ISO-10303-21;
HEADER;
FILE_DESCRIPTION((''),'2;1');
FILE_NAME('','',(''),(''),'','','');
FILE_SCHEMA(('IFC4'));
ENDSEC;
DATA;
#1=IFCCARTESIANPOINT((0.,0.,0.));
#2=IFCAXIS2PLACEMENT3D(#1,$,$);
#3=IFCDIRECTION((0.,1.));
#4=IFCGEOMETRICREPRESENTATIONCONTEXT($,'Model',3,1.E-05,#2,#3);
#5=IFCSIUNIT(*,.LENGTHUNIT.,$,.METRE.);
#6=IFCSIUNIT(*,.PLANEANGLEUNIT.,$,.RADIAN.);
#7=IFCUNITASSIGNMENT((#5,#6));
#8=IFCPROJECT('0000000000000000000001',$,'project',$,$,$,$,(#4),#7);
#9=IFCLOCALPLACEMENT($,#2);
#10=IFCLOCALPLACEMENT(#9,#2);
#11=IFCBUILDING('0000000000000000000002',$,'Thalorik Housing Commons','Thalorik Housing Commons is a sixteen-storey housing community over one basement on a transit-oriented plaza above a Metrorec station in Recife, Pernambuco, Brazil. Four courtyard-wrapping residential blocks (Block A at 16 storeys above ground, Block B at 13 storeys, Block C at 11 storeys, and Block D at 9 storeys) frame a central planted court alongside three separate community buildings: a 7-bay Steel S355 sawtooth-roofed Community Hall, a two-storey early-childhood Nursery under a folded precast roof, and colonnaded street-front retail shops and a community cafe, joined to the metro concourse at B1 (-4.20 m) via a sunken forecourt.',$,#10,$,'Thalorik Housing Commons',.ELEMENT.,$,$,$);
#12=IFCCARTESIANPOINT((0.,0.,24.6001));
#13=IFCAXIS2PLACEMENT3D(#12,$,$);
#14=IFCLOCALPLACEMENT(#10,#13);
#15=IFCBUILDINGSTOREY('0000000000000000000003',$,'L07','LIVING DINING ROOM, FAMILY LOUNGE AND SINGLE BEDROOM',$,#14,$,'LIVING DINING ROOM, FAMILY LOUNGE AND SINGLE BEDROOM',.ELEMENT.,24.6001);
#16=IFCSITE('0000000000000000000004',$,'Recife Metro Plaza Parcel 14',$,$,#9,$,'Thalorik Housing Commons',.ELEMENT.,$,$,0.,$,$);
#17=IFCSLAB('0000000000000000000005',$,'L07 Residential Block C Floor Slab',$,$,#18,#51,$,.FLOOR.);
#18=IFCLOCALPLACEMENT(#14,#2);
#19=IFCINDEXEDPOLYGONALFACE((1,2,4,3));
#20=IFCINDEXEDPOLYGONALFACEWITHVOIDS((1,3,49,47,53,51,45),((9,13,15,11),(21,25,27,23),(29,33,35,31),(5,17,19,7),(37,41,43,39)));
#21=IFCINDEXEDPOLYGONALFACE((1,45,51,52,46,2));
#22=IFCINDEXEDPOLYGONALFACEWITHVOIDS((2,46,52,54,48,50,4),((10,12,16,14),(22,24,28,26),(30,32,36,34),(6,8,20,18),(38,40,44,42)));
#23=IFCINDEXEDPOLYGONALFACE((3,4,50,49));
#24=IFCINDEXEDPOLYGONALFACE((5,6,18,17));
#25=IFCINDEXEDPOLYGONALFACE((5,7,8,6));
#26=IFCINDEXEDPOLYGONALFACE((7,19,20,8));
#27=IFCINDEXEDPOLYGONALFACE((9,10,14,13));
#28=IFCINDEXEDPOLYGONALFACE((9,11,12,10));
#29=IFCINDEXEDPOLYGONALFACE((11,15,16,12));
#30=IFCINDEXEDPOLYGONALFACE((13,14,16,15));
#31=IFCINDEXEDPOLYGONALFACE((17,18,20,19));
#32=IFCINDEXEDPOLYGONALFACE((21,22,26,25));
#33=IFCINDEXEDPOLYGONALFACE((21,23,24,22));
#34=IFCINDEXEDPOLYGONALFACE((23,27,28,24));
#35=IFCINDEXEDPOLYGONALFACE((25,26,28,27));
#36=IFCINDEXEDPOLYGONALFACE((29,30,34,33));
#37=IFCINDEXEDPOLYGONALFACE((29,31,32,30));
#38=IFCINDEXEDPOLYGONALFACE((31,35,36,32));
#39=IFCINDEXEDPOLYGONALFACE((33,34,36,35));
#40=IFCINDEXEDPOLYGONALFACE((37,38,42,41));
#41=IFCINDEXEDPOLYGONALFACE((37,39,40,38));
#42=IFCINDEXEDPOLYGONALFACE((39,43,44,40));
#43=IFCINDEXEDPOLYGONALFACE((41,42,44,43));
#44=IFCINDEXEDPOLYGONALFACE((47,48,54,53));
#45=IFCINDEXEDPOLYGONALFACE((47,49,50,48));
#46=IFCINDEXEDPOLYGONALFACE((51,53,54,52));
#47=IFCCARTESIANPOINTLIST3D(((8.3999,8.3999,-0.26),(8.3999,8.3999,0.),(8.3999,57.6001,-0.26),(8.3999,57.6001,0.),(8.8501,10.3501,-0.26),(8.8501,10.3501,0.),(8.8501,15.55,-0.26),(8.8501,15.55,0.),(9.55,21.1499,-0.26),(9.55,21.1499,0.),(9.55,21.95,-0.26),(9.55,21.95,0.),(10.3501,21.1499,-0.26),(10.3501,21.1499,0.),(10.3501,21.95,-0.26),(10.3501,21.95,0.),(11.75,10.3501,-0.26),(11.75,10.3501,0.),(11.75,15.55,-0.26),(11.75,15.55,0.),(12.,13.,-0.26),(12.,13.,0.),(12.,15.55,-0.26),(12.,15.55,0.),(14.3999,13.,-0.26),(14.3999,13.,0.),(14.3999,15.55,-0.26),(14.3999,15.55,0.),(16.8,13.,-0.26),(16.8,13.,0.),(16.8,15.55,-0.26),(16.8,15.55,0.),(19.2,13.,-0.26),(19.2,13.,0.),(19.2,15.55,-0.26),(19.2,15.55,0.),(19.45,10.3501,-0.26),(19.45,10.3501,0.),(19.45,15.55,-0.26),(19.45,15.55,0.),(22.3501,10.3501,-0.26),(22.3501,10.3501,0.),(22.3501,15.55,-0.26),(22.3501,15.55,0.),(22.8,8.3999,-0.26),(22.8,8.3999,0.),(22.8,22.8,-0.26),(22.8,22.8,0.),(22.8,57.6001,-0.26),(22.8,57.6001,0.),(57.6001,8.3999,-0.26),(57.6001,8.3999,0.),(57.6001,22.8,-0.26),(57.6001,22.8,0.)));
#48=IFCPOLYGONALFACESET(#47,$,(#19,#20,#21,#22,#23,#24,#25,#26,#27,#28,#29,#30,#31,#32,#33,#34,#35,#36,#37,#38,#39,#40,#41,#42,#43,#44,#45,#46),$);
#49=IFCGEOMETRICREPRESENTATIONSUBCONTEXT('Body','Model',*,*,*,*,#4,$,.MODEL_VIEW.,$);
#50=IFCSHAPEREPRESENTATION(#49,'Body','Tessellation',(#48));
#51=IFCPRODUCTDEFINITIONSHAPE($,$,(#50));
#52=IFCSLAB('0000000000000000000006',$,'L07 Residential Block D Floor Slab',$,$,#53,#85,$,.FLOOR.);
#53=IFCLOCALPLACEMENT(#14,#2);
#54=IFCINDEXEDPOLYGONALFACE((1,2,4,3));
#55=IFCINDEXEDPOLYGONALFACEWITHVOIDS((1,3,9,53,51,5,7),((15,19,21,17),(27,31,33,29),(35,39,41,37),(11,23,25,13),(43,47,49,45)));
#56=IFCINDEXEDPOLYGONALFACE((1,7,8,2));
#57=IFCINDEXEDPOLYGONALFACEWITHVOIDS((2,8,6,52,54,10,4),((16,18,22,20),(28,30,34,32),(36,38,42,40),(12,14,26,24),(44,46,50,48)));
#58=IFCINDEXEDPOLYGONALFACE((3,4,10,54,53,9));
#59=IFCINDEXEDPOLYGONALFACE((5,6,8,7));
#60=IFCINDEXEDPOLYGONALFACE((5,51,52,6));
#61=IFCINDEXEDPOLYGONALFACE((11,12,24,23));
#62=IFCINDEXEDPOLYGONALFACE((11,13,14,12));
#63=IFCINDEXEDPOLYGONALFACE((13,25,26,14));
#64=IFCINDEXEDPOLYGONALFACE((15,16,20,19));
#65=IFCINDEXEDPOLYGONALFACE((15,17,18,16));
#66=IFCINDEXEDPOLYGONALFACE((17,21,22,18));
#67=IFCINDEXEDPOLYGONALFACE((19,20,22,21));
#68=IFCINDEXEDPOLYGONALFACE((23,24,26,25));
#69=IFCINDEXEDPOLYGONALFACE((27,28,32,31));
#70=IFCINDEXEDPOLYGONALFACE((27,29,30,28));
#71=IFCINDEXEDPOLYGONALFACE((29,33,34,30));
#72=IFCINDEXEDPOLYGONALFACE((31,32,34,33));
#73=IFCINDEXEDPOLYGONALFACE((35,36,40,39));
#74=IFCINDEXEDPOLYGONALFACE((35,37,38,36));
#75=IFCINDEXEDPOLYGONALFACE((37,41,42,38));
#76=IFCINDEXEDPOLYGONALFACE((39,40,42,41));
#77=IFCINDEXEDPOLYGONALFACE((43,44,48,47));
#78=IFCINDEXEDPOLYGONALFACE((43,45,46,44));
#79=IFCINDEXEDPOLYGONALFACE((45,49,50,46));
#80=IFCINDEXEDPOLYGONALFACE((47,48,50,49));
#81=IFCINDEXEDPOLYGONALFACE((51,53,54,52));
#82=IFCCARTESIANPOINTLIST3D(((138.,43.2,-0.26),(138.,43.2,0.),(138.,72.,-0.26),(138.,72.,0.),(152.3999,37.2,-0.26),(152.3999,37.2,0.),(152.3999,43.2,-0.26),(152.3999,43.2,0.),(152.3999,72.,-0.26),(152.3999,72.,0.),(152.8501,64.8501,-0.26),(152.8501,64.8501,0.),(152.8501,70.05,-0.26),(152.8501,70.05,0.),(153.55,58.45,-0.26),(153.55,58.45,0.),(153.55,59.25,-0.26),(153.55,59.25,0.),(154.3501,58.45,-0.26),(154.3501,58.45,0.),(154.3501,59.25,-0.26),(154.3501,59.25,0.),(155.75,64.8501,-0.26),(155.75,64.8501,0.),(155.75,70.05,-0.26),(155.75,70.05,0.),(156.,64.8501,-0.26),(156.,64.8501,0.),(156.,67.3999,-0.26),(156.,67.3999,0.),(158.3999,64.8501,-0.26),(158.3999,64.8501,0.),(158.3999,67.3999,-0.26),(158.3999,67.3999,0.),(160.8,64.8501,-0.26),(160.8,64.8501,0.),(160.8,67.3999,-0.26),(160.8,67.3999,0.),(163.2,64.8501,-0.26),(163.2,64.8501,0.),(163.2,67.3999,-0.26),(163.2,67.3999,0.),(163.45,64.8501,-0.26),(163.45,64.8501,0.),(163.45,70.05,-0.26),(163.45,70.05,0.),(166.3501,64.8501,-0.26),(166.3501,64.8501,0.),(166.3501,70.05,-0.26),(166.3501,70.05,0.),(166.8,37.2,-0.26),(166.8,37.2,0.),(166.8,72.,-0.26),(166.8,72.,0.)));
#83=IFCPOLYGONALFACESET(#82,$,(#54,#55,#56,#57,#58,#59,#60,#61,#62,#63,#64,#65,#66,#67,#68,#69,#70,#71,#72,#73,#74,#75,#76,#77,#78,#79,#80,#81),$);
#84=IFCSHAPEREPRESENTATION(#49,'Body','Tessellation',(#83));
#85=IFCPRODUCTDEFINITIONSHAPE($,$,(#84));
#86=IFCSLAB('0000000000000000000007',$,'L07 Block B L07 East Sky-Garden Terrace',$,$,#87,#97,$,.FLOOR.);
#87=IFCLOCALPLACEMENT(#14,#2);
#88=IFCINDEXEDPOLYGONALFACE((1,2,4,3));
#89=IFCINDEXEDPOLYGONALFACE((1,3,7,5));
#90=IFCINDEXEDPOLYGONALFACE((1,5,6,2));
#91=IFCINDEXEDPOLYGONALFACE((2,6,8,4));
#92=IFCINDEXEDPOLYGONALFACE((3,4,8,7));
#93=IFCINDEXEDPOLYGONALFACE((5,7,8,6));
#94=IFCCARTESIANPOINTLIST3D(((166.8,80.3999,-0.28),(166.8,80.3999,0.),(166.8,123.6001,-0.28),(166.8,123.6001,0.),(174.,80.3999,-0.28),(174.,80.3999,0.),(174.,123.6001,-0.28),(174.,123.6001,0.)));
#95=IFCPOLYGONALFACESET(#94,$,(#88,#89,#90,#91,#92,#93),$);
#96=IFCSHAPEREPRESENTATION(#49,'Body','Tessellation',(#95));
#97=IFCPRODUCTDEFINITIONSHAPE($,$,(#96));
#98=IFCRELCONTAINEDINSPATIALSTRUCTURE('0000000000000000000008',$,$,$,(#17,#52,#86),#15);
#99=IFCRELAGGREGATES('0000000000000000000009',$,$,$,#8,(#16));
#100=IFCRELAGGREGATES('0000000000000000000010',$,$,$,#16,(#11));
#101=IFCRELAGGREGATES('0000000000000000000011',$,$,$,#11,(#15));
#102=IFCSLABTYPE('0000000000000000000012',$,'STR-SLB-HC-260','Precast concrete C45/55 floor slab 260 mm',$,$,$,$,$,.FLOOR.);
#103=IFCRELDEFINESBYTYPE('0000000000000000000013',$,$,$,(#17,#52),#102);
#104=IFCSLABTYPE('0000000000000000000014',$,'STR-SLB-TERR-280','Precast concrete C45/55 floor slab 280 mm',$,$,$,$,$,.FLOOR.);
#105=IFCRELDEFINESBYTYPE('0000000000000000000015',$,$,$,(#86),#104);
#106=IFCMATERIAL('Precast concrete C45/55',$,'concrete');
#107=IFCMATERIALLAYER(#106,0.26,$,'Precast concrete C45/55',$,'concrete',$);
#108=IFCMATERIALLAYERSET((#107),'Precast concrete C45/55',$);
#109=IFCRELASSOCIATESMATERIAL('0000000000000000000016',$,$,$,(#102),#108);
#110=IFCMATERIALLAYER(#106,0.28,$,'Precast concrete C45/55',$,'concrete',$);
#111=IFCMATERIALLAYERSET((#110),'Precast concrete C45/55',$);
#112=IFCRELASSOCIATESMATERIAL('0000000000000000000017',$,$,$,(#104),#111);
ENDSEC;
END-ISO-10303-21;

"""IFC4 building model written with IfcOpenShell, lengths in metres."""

from ifc_helpers import new_model, si_unit, direction, frame, origin, place, context, subcontext, project, spatial, polyline, outline, extrude, material, layer, layer_set, type_object, element, save


model = new_model("IFC4")

# Units and contexts
model_context = context("Model", 3, precision=1e-05, world=origin(), true_north=direction((0.0, 1.0)))
body_context = subcontext(model_context, "Body", "Model", "MODEL_VIEW")
ifc_project = project(units=[si_unit("LENGTHUNIT", "METRE"), si_unit("PLANEANGLEUNIT", "RADIAN")], contexts=[model_context])

# Site, building, storey
site_placement = place(None, origin())
site = spatial("IfcSite", under=ifc_project, at=site_placement, Name="Recife Metro Plaza Parcel 14", LongName="Thalorik Housing Commons", CompositionType="ELEMENT", RefElevation=0.0)
building_placement = place(site_placement, origin())
building = spatial("IfcBuilding", under=site, at=building_placement, Name="Thalorik Housing Commons", Description="Thalorik Housing Commons is a sixteen-storey housing community over one basement on a transit-oriented plaza above a Metrorec station in Recife, Pernambuco, Brazil. Four courtyard-wrapping residential blocks (Block A at 16 storeys above ground, Block B at 13 storeys, Block C at 11 storeys, and Block D at 9 storeys) frame a central planted court alongside three separate community buildings: a 7-bay Steel S355 sawtooth-roofed Community Hall, a two-storey early-childhood Nursery under a folded precast roof, and colonnaded street-front retail shops and a community cafe, joined to the metro concourse at B1 (-4.20 m) via a sunken forecourt.", LongName="Thalorik Housing Commons", CompositionType="ELEMENT")
storey_placement = place(building_placement, frame((0.0, 0.0, 24.6001)))
storey = spatial("IfcBuildingStorey", under=building, at=storey_placement, Name="L07", Description="LIVING DINING ROOM, FAMILY LOUNGE AND SINGLE BEDROOM", LongName="LIVING DINING ROOM, FAMILY LOUNGE AND SINGLE BEDROOM", CompositionType="ELEMENT", Elevation=24.6001)

# Slabs
ifc_material_1 = material(Name="Precast concrete C45/55", Category="concrete")
ifc_layer_1 = layer(ifc_material_1, 0.26, Name="Precast concrete C45/55", Category="concrete")
ifc_layer_set_1 = layer_set([ifc_layer_1], Name="Precast concrete C45/55")
slab_type_1 = type_object("IfcSlabType", Name="STR-SLB-HC-260", Description="Precast concrete C45/55 floor slab 260 mm", PredefinedType="FLOOR", material=ifc_layer_set_1)
slab_1_placement = place(storey_placement, frame((0.0, 0.0, -0.26)))
element("IfcSlab", 1, at=slab_1_placement, inside=storey, type_object=slab_type_1, Name="L07 Residential Block C Floor Slab", PredefinedType="FLOOR", context=body_context, shape_type="SweptSolid", body=[
    extrude(outline(polyline([(8.3999, 8.3999), (22.8, 8.3999), (57.6001, 8.3999), (57.6001, 22.8), (22.8, 22.8), (22.8, 57.6001), (8.3999, 57.6001), (8.3999, 8.3999)]), holes=[polyline([(11.75, 10.3501), (8.8501, 10.3501), (8.8501, 15.55), (11.75, 15.55), (11.75, 10.3501)]), polyline([(19.45, 10.3501), (19.45, 15.55), (22.3501, 15.55), (22.3501, 10.3501), (19.45, 10.3501)]), polyline([(14.3999, 15.55), (14.3999, 13.0), (12.0, 13.0), (12.0, 15.55), (14.3999, 15.55)]), polyline([(19.2, 13.0), (16.8, 13.0), (16.8, 15.55), (19.2, 15.55), (19.2, 13.0)]), polyline([(9.55, 21.1499), (9.55, 21.95), (10.3501, 21.95), (10.3501, 21.1499), (9.55, 21.1499)])]), origin(), (0.0, 0.0, 1.0), 0.26),
])
slab_2_placement = place(storey_placement, frame((0.0, 0.0, -0.26)))
element("IfcSlab", 2, at=slab_2_placement, inside=storey, type_object=slab_type_1, Name="L07 Residential Block D Floor Slab", PredefinedType="FLOOR", context=body_context, shape_type="SweptSolid", body=[
    extrude(outline(polyline([(152.3999, 43.2), (152.3999, 37.2), (166.8, 37.2), (166.8, 72.0), (152.3999, 72.0), (138.0, 72.0), (138.0, 43.2), (152.3999, 43.2)]), holes=[polyline([(152.8501, 70.05), (155.75, 70.05), (155.75, 64.8501), (152.8501, 64.8501), (152.8501, 70.05)]), polyline([(166.3501, 70.05), (166.3501, 64.8501), (163.45, 64.8501), (163.45, 70.05), (166.3501, 70.05)]), polyline([(158.3999, 67.3999), (158.3999, 64.8501), (156.0, 64.8501), (156.0, 67.3999), (158.3999, 67.3999)]), polyline([(163.2, 64.8501), (160.8, 64.8501), (160.8, 67.3999), (163.2, 67.3999), (163.2, 64.8501)]), polyline([(153.55, 58.45), (153.55, 59.25), (154.3501, 59.25), (154.3501, 58.45), (153.55, 58.45)])]), origin(), (0.0, 0.0, 1.0), 0.26),
])
ifc_layer_2 = layer(ifc_material_1, 0.28, Name="Precast concrete C45/55", Category="concrete")
ifc_layer_set_2 = layer_set([ifc_layer_2], Name="Precast concrete C45/55")
slab_type_2 = type_object("IfcSlabType", Name="STR-SLB-TERR-280", Description="Precast concrete C45/55 floor slab 280 mm", PredefinedType="FLOOR", material=ifc_layer_set_2)
slab_3_placement = place(storey_placement, frame((0.0, 0.0, -0.28)))
element("IfcSlab", 3, at=slab_3_placement, inside=storey, type_object=slab_type_2, Name="L07 Block B L07 East Sky-Garden Terrace", PredefinedType="FLOOR", context=body_context, shape_type="SweptSolid", body=[
    extrude(outline(polyline([(174.0, 80.3999), (174.0, 123.6001), (166.8, 123.6001), (166.8, 80.3999), (174.0, 80.3999)])), origin(), (0.0, 0.0, 1.0), 0.28),
])

save(model, "model.ifc")
